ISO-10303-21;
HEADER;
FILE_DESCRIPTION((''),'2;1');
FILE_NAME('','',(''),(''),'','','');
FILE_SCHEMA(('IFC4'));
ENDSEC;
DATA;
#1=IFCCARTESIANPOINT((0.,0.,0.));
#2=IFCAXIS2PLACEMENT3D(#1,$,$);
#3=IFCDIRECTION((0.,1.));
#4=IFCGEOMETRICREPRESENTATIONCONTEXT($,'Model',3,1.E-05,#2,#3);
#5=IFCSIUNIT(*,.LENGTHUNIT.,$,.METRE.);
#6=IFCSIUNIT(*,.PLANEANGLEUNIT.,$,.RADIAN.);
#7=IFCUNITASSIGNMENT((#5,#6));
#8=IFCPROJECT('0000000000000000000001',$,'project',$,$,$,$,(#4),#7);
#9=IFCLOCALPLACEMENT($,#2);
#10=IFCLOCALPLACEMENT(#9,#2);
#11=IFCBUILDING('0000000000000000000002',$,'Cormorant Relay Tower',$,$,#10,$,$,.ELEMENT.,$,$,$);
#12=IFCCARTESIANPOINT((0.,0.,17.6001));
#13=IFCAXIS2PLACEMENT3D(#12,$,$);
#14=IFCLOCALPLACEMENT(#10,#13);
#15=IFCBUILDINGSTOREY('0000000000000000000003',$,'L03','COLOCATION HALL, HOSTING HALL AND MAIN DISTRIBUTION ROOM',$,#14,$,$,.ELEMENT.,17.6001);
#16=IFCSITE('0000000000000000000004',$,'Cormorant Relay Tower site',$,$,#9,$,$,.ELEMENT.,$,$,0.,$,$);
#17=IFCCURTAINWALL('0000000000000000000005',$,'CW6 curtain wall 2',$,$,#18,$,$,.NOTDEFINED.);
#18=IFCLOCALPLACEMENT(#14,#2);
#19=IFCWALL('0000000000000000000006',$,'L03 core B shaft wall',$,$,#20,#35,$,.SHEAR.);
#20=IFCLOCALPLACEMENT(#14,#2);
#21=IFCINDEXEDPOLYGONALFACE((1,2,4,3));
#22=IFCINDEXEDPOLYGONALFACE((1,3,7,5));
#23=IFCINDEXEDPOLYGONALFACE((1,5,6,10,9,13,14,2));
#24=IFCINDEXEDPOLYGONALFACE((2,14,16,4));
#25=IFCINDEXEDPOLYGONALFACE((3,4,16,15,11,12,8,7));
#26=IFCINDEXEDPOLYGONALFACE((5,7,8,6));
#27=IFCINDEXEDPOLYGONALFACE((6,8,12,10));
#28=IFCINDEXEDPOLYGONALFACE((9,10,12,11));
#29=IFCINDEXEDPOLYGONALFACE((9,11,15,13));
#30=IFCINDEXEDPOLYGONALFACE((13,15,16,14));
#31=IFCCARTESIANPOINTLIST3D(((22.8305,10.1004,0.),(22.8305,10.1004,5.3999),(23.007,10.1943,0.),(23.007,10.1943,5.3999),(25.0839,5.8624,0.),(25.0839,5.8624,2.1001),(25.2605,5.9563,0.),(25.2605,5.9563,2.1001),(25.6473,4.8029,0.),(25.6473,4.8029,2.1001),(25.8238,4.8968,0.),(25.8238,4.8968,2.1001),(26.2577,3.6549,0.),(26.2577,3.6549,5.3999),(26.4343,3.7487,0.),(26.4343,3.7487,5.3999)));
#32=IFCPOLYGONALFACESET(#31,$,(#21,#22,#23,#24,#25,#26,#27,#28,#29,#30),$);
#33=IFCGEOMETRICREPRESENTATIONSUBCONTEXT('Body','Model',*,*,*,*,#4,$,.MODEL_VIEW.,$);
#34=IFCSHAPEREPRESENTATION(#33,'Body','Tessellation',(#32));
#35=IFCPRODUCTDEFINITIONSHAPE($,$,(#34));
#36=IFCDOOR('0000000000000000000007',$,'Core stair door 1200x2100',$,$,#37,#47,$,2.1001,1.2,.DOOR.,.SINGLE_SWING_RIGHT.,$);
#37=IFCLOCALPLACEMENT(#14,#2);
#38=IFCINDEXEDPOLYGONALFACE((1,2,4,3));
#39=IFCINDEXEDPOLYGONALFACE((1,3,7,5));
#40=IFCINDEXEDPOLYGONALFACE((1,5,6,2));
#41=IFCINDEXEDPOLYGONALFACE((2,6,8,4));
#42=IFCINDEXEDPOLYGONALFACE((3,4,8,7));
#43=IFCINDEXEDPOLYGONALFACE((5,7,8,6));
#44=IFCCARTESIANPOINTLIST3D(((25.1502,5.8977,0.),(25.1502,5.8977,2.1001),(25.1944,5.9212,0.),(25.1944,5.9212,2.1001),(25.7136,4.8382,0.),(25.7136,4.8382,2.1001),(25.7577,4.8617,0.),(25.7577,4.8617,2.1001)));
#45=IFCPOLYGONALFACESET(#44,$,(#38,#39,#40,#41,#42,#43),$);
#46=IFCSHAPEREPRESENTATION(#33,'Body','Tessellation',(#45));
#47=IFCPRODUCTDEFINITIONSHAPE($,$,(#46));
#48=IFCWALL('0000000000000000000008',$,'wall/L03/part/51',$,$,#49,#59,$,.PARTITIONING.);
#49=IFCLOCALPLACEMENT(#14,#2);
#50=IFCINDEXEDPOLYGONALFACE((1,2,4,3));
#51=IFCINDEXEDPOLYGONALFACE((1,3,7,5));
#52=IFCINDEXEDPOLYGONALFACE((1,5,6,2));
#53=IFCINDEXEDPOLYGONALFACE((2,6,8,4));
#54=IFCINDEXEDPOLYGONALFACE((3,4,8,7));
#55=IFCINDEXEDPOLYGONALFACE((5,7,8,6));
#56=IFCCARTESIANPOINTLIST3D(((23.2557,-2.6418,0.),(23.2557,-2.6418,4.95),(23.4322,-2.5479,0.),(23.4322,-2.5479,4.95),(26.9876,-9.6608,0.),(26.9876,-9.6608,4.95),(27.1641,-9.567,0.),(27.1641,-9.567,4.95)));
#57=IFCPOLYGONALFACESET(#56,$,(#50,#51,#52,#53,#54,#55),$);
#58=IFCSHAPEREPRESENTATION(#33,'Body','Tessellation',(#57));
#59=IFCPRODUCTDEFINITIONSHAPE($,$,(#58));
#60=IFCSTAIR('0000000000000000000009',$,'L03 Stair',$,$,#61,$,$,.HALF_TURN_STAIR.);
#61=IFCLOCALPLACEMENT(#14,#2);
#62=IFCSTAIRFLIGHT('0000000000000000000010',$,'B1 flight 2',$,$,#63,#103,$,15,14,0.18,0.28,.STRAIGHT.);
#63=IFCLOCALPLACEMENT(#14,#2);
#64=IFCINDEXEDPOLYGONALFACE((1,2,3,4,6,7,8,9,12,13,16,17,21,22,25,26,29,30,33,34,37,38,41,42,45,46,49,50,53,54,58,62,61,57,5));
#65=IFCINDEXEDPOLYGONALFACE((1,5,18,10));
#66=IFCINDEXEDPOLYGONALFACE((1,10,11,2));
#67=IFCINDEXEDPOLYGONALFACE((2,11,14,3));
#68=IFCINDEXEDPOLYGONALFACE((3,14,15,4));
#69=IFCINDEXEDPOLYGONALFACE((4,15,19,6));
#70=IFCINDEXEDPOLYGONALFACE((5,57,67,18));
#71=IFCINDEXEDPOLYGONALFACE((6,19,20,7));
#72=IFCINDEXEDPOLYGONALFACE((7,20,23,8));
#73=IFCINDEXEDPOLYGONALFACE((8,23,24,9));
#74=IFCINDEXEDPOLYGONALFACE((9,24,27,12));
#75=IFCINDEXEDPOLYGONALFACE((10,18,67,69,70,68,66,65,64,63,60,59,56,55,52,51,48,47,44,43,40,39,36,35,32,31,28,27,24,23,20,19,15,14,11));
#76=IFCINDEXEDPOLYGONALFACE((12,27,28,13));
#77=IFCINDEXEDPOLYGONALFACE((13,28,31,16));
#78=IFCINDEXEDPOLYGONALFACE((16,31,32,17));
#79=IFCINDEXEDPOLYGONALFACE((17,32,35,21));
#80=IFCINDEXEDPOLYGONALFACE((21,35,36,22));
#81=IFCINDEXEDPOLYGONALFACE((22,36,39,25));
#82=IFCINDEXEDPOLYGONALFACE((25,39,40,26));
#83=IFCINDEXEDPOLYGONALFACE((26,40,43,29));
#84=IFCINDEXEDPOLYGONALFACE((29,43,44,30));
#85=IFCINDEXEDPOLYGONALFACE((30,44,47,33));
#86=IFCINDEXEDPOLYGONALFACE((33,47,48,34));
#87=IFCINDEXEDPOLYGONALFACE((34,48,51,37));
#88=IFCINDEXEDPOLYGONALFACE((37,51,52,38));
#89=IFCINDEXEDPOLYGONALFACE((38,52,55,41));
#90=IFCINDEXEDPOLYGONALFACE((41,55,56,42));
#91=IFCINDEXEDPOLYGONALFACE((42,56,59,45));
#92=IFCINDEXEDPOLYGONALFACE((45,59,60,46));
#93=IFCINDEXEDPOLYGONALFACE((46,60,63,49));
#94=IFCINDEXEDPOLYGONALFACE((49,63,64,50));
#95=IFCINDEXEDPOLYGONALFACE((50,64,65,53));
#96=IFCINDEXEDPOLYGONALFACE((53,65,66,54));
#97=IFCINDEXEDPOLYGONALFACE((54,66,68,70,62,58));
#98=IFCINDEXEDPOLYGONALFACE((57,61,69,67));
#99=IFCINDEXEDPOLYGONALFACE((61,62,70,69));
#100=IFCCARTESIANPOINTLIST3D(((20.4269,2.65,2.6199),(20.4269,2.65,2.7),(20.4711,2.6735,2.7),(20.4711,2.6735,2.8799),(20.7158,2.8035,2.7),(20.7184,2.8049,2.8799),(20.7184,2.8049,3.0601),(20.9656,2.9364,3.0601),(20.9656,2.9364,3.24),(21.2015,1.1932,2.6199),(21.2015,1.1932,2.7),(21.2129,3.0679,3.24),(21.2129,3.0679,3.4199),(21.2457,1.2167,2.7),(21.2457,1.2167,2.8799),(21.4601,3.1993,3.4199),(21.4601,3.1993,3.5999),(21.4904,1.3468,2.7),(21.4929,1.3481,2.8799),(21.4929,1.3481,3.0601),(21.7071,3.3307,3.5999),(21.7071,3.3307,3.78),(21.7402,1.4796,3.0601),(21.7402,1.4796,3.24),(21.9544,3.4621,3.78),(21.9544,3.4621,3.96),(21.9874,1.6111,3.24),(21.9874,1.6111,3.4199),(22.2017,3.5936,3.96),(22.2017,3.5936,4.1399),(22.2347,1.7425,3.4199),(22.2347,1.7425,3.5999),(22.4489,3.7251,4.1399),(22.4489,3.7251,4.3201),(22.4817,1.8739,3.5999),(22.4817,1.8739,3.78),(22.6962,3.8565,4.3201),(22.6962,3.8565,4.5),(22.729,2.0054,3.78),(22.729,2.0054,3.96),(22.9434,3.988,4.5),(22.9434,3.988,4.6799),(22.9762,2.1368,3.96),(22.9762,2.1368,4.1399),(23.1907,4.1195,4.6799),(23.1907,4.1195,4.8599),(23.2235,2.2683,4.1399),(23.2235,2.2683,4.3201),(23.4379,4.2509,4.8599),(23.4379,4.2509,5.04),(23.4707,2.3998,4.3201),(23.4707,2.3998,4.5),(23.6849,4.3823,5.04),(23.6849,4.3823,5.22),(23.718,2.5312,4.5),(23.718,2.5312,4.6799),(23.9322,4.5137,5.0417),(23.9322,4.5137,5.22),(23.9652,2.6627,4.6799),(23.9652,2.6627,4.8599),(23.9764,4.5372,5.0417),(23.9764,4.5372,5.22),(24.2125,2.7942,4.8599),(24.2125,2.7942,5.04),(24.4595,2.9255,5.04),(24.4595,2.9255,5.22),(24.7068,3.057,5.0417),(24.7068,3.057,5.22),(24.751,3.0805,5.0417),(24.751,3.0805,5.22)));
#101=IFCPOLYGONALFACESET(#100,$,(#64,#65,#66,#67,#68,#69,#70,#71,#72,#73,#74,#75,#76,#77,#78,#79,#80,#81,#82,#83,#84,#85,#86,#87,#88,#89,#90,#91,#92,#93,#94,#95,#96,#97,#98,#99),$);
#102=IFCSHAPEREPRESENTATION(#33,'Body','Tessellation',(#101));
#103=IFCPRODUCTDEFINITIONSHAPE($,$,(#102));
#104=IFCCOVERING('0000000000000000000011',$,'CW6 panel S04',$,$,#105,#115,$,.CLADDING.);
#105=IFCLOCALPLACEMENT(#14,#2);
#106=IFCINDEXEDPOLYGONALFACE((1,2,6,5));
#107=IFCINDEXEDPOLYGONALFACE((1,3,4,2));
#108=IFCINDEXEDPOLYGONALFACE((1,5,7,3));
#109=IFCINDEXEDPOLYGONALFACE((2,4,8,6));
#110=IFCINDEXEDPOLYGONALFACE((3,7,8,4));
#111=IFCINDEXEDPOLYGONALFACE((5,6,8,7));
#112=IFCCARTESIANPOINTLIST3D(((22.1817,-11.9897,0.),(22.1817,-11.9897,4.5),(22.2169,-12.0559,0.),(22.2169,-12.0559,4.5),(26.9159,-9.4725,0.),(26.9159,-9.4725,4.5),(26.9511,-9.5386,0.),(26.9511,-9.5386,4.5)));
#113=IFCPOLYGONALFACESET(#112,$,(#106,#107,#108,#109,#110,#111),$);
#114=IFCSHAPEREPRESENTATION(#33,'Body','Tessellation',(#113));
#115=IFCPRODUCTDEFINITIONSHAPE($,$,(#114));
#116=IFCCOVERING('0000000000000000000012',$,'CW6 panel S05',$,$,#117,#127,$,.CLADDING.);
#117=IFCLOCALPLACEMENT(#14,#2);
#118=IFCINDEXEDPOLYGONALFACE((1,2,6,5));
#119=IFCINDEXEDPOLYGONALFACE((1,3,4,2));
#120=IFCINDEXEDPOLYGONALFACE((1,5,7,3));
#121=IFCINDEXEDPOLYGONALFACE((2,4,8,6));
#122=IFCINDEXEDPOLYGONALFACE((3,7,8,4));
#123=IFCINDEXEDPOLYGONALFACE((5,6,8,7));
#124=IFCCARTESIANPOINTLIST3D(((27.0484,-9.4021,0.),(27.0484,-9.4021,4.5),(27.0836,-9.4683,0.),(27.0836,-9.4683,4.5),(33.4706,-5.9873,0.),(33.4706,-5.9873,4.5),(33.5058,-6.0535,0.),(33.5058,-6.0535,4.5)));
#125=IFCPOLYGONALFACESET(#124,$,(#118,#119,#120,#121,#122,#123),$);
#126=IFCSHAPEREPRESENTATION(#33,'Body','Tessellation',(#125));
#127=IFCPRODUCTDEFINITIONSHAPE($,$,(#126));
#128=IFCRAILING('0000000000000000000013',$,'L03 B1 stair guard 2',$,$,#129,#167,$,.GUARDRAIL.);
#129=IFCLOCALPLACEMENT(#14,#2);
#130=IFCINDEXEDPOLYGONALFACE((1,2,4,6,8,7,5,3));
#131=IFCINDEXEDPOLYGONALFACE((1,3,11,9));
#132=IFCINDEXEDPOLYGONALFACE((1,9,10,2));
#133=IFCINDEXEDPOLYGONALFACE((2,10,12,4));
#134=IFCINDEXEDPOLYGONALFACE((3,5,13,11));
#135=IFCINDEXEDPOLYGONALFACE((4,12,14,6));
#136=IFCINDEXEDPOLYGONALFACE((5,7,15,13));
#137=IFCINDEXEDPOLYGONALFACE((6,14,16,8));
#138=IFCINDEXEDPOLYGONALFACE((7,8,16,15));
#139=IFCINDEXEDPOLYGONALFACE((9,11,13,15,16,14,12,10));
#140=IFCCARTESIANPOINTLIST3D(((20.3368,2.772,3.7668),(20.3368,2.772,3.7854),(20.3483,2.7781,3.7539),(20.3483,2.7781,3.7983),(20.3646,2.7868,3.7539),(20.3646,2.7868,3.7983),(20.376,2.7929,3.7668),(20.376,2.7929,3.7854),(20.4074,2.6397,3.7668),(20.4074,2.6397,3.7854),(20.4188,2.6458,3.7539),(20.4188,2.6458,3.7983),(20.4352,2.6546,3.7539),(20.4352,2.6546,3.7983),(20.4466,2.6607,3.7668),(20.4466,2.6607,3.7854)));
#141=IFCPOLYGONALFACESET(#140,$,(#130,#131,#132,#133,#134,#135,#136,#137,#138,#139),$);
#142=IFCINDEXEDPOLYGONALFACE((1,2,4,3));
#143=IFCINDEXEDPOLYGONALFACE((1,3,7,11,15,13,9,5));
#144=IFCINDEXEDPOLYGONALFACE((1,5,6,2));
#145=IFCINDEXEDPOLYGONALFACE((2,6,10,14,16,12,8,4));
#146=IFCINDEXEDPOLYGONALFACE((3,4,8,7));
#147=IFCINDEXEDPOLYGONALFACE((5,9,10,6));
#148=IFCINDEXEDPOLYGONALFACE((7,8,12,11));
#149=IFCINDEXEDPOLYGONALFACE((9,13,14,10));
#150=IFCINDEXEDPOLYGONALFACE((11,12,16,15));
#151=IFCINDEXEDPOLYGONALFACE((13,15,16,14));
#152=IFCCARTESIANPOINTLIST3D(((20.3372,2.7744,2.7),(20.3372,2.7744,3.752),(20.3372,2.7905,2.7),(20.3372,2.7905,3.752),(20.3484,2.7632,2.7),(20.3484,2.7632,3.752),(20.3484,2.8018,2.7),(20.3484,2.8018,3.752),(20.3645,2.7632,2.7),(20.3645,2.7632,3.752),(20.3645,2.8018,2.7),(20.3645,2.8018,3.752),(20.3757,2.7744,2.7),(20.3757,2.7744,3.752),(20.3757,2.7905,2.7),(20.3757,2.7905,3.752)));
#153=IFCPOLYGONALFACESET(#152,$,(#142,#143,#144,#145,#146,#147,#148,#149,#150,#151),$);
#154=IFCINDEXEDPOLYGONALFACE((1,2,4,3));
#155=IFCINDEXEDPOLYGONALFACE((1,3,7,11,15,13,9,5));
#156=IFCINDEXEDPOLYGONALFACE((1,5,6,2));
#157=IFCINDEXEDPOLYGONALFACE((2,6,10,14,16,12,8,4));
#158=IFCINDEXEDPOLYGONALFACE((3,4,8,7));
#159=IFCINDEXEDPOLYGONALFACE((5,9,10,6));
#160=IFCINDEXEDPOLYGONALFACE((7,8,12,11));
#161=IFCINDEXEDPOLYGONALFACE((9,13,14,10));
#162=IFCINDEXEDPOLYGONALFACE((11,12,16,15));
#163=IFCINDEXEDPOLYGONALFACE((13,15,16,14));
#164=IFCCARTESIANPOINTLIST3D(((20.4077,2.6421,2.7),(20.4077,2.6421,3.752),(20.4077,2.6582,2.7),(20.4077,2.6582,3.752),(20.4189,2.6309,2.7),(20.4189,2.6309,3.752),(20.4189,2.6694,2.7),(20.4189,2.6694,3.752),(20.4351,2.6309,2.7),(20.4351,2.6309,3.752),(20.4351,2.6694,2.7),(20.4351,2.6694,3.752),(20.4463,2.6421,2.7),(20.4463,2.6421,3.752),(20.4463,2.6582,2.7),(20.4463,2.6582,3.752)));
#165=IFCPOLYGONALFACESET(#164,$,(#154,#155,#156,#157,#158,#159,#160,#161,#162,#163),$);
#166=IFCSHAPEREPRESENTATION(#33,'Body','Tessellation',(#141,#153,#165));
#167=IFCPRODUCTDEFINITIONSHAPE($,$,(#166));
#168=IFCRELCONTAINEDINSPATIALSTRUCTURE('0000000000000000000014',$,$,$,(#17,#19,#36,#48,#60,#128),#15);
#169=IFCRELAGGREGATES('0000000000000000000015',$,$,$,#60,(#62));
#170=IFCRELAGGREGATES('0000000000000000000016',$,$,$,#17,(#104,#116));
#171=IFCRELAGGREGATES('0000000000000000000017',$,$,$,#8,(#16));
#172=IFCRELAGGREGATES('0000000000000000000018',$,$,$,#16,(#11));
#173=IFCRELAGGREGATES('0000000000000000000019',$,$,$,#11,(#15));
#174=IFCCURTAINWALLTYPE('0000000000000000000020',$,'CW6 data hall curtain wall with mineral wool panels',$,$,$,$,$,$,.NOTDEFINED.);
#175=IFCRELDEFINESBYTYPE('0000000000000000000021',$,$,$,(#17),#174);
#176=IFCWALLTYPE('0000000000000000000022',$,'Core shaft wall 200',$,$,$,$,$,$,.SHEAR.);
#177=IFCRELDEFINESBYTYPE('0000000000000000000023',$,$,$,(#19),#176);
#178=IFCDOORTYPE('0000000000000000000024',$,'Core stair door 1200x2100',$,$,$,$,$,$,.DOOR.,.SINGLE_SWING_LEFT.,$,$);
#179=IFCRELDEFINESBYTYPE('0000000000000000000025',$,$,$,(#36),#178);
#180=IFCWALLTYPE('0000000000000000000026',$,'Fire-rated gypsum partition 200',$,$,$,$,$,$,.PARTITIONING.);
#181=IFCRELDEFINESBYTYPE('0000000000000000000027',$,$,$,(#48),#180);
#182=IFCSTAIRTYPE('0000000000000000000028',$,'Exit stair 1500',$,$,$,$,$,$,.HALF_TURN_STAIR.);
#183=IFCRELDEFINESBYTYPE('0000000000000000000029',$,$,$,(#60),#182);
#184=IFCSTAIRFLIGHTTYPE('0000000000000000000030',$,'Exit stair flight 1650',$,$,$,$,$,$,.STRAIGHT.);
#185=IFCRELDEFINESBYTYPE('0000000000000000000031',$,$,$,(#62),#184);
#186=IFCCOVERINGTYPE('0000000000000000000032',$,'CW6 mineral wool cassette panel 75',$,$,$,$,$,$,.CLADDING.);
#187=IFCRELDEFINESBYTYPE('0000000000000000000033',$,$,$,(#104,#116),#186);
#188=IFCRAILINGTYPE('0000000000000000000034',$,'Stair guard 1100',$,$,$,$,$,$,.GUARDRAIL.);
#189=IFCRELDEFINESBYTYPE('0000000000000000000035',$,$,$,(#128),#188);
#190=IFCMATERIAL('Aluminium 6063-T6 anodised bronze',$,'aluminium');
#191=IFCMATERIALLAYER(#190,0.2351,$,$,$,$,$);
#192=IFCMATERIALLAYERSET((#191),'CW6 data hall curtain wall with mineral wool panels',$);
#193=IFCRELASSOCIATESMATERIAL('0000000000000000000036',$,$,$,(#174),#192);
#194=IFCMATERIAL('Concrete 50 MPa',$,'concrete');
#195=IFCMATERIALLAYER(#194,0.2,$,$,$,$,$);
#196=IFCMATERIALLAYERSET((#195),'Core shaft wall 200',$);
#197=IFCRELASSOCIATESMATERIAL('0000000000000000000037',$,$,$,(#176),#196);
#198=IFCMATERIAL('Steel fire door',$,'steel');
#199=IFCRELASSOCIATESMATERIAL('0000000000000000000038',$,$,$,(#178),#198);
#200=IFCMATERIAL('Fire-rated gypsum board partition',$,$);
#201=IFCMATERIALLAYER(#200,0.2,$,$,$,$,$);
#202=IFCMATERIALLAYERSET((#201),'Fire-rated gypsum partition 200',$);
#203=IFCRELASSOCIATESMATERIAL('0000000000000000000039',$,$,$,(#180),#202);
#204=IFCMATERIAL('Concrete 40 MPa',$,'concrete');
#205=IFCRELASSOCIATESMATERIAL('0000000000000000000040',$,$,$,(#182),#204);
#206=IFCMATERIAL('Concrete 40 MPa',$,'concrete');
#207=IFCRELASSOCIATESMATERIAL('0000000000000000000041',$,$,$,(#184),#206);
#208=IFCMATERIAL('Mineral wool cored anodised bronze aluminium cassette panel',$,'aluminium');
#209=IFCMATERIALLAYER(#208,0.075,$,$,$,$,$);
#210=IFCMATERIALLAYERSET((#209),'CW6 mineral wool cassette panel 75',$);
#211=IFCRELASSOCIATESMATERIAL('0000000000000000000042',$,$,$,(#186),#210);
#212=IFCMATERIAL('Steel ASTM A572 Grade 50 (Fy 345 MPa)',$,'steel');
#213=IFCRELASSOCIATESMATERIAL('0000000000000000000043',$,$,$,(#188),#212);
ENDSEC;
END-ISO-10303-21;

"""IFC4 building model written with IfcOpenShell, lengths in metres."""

from ifc_helpers import new_model, si_unit, direction, frame, frame_2d, origin, origin_2d, place, context, subcontext, project, spatial, polyline, rectangle, outline, extrude, material, layer, layer_set, type_object, element, fill, aggregate, save


model = new_model("IFC4")

# Units and contexts
model_context = context("Model", 3, precision=1e-05, world=origin(), true_north=direction((0.0, 1.0)))
body_context = subcontext(model_context, "Body", "Model", "MODEL_VIEW")
ifc_project = project(units=[si_unit("LENGTHUNIT", "METRE"), si_unit("PLANEANGLEUNIT", "RADIAN")], contexts=[model_context])

# Site, building, storey
site_placement = place(None, origin())
site = spatial("IfcSite", under=ifc_project, at=site_placement, Name="Cormorant Relay Tower site", CompositionType="ELEMENT", RefElevation=0.0)
building_placement = place(site_placement, origin())
building = spatial("IfcBuilding", under=site, at=building_placement, Name="Cormorant Relay Tower", CompositionType="ELEMENT")
storey_placement = place(building_placement, frame((0.0, 0.0, 17.6001)))
storey = spatial("IfcBuildingStorey", under=building, at=storey_placement, Name="L03", Description="COLOCATION HALL, HOSTING HALL AND MAIN DISTRIBUTION ROOM", CompositionType="ELEMENT", Elevation=17.6001)

# Curtain wall
ifc_material_1 = material(Name="Aluminium 6063-T6 anodised bronze", Category="aluminium")
ifc_layer_1 = layer(ifc_material_1, 0.2351)
ifc_layer_set_1 = layer_set([ifc_layer_1], Name="CW6 data hall curtain wall with mineral wool panels")
curtain_wall_type = type_object("IfcCurtainWallType", Name="CW6 data hall curtain wall with mineral wool panels", PredefinedType="NOTDEFINED", material=ifc_layer_set_1)
curtain_wall_placement = place(storey_placement, origin())
curtain_wall = element("IfcCurtainWall", 1, at=curtain_wall_placement, inside=storey, type_object=curtain_wall_type, Name="CW6 curtain wall 2", PredefinedType="NOTDEFINED")

# Wall, opening, door
ifc_material_2 = material(Name="Concrete 50 MPa", Category="concrete")
ifc_layer_2 = layer(ifc_material_2, 0.2)
ifc_layer_set_2 = layer_set([ifc_layer_2], Name="Core shaft wall 200")
wall_type_1 = type_object("IfcWallType", Name="Core shaft wall 200", PredefinedType="SHEAR", material=ifc_layer_set_2)
wall_1_placement = place(storey_placement, frame((26.3459, 3.7019, 0.0), z_axis=(0.0, 0.0, 1.0), x_axis=(-0.46948, 0.882943, 0.0)))
wall_1 = element("IfcWall", 2, at=wall_1_placement, inside=storey, type_object=wall_type_1, Name="L03 core B shaft wall", PredefinedType="SHEAR", context=body_context, shape_type="SweptSolid", body=[
    extrude(rectangle(XDim=7.3, YDim=0.2, at=frame_2d((3.6499, 0.0))), origin(), (0.0, 0.0, 1.0), 5.3999),
])
opening_placement = place(wall_1_placement, frame((1.3, 0.0, 0.0)))
opening = element("IfcOpeningElement", 3, at=opening_placement, cuts=wall_1, PredefinedType="OPENING", context=body_context, shape_type="SweptSolid", body=[
    extrude(rectangle(XDim=1.2, YDim=2.1001, at=frame_2d((0.6001, 1.05))), frame((0.0, 0.1099, 0.0), z_axis=(0.0, -1.0, 0.0), x_axis=(1.0, 0.0, 0.0)), (0.0, 0.0, 1.0), 0.22),
])
ifc_material_3 = material(Name="Steel fire door", Category="steel")
door_type = type_object("IfcDoorType", Name="Core stair door 1200x2100", OperationType="SINGLE_SWING_LEFT", PredefinedType="DOOR", material=ifc_material_3)
door_placement = place(opening_placement, origin())
door = element("IfcDoor", 4, at=door_placement, inside=storey, type_object=door_type, Name="Core stair door 1200x2100", OperationType="SINGLE_SWING_RIGHT", OverallHeight=2.1001, OverallWidth=1.2, PredefinedType="DOOR", context=body_context, shape_type="SweptSolid", body=[
    extrude(rectangle(XDim=1.2, YDim=2.1001, at=frame_2d((0.6001, 1.05))), frame((0.0, 0.0249, 0.0), z_axis=(0.0, -1.0, 0.0), x_axis=(1.0, 0.0, 0.0)), (0.0, 0.0, 1.0), 0.05),
])
fill(opening, door)

# Wall
ifc_material_4 = material(Name="Fire-rated gypsum board partition")
ifc_layer_3 = layer(ifc_material_4, 0.2)
ifc_layer_set_3 = layer_set([ifc_layer_3], Name="Fire-rated gypsum partition 200")
wall_type_2 = type_object("IfcWallType", Name="Fire-rated gypsum partition 200", PredefinedType="PARTITIONING", material=ifc_layer_set_3)
wall_2_placement = place(storey_placement, frame((23.344, -2.595, 0.0), z_axis=(0.0, 0.0, 1.0), x_axis=(0.469456, -0.882956, 0.0)))
element("IfcWall", 5, at=wall_2_placement, inside=storey, type_object=wall_type_2, Name="wall/L03/part/51", PredefinedType="PARTITIONING", context=body_context, shape_type="SweptSolid", body=[
    extrude(rectangle(XDim=7.9495, YDim=0.2, at=frame_2d((3.9746, 0.0))), origin(), (0.0, 0.0, 1.0), 4.95),
])

# Stair, stair flight
ifc_material_5 = material(Name="Concrete 40 MPa", Category="concrete")
stair_type = type_object("IfcStairType", Name="Exit stair 1500", PredefinedType="HALF_TURN_STAIR", material=ifc_material_5)
stair_placement = place(storey_placement, origin())
stair = element("IfcStair", 6, at=stair_placement, inside=storey, type_object=stair_type, Name="L03 Stair", PredefinedType="HALF_TURN_STAIR")
ifc_material_6 = material(Name="Concrete 40 MPa", Category="concrete")
stair_flight_type = type_object("IfcStairFlightType", Name="Exit stair flight 1650", PredefinedType="STRAIGHT", material=ifc_material_6)
stair_flight_placement = place(storey_placement, frame((20.8584, 1.9451, 2.7), z_axis=(0.0, 0.0, 1.0), x_axis=(0.882948, 0.469472, 0.0)))
stair_flight = element("IfcStairFlight", 7, at=stair_flight_placement, type_object=stair_flight_type, Name="B1 flight 2", NumberOfRisers=15, NumberOfTreads=14, PredefinedType="STRAIGHT", RiserHeight=0.18, TreadLength=0.28, context=body_context, shape_type="SweptSolid", body=[
    extrude(outline(polyline([(-0.05, -0.0801), (-0.05, 0.0), (0.0, 0.0), (0.0, 0.1799), (0.28, 0.1799), (0.28, 0.3601), (0.5601, 0.3601), (0.5601, 0.54), (0.8401, 0.54), (0.8401, 0.72), (1.1201, 0.72), (1.1201, 0.8999), (1.3999, 0.8999), (1.3999, 1.0801), (1.6799, 1.0801), (1.6799, 1.26), (1.96, 1.26), (1.96, 1.4399), (2.24, 1.4399), (2.24, 1.6201), (2.52, 1.6201), (2.52, 1.8), (2.8, 1.8), (2.8, 1.98), (3.0801, 1.98), (3.0801, 2.1599), (3.3601, 2.1599), (3.3601, 2.3401), (3.6399, 2.3401), (3.6399, 2.52), (3.9199, 2.52), (3.97, 2.52), (3.97, 2.3418), (3.9199, 2.3418), (0.2771, 0.0), (-0.05, -0.0801)])), frame((0.0, 0.825, 0.0), z_axis=(0.0, -1.0, 0.0), x_axis=(1.0, 0.0, 0.0)), (0.0, 0.0, 1.0), 1.6499),
])
aggregate(stair, [stair_flight])

# Coverings
ifc_material_7 = material(Name="Mineral wool cored anodised bronze aluminium cassette panel", Category="aluminium")
ifc_layer_4 = layer(ifc_material_7, 0.075)
ifc_layer_set_4 = layer_set([ifc_layer_4], Name="CW6 mineral wool cassette panel 75")
covering_type = type_object("IfcCoveringType", Name="CW6 mineral wool cassette panel 75", PredefinedType="CLADDING", material=ifc_layer_set_4)
covering_1_placement = place(storey_placement, frame((24.5664, -10.7642, 0.0), z_axis=(0.0, 0.0, 1.0), x_axis=(0.882948, 0.469472, 0.0)))
covering_1 = element("IfcCovering", 8, at=covering_1_placement, type_object=covering_type, Name="CW6 panel S04", PredefinedType="CLADDING", context=body_context, shape_type="SweptSolid", body=[
    extrude(rectangle(XDim=5.3618, YDim=0.075, at=origin_2d()), origin(), (0.0, 0.0, 1.0), 4.5),
])
covering_2_placement = place(storey_placement, frame((30.2771, -7.7278, 0.0), z_axis=(0.0, 0.0, 1.0), x_axis=(0.882948, 0.469472, 0.0)))
covering_2 = element("IfcCovering", 9, at=covering_2_placement, type_object=covering_type, Name="CW6 panel S05", PredefinedType="CLADDING", context=body_context, shape_type="SweptSolid", body=[
    extrude(rectangle(XDim=7.2737, YDim=0.075, at=origin_2d()), origin(), (0.0, 0.0, 1.0), 4.5),
])
aggregate(curtain_wall, [covering_1, covering_2])

# Railing
ifc_material_8 = material(Name="Steel ASTM A572 Grade 50 (Fy 345 MPa)", Category="steel")
railing_type_1 = type_object("IfcRailingType", Name="Stair guard 1100", PredefinedType="GUARDRAIL", material=ifc_material_8)
railing_1_placement = place(storey_placement, frame((20.3564, 2.7825, 2.7)))
element("IfcRailing", 10, at=railing_1_placement, inside=storey, type_object=railing_type_1, Name="L03 B1 stair guard 2", PredefinedType="GUARDRAIL", context=body_context, shape_type="SweptSolid", body=[
    extrude(outline(polyline([(0.0222, 0.0093), (0.0093, 0.0222), (-0.0093, 0.0222), (-0.0222, 0.0093), (-0.0222, -0.0093), (-0.0093, -0.0222), (0.0093, -0.0222), (0.0222, -0.0093), (0.0222, 0.0093)])), frame((0.0, 0.0, 1.0762), z_axis=(0.470504, -0.882398, 0.0), x_axis=(0.882398, 0.470504, 0.0)), (0.0, 0.0, 1.0), 0.1499),
    extrude(outline(polyline([(0.0193, 0.0081), (0.0081, 0.0193), (-0.0081, 0.0193), (-0.0193, 0.0081), (-0.0193, -0.0081), (-0.0081, -0.0193), (0.0081, -0.0193), (0.0193, -0.0081), (0.0193, 0.0081)])), origin(), (0.0, 0.0, 1.0), 1.052),
    extrude(outline(polyline([(0.0193, 0.0081), (0.0081, 0.0193), (-0.0081, 0.0193), (-0.0193, 0.0081), (-0.0193, -0.0081), (-0.0081, -0.0193), (0.0081, -0.0193), (0.0193, -0.0081), (0.0193, 0.0081)])), frame((0.0706, -0.1323, 0.0)), (0.0, 0.0, 1.0), 1.052),
])

save(model, "model.ifc")
